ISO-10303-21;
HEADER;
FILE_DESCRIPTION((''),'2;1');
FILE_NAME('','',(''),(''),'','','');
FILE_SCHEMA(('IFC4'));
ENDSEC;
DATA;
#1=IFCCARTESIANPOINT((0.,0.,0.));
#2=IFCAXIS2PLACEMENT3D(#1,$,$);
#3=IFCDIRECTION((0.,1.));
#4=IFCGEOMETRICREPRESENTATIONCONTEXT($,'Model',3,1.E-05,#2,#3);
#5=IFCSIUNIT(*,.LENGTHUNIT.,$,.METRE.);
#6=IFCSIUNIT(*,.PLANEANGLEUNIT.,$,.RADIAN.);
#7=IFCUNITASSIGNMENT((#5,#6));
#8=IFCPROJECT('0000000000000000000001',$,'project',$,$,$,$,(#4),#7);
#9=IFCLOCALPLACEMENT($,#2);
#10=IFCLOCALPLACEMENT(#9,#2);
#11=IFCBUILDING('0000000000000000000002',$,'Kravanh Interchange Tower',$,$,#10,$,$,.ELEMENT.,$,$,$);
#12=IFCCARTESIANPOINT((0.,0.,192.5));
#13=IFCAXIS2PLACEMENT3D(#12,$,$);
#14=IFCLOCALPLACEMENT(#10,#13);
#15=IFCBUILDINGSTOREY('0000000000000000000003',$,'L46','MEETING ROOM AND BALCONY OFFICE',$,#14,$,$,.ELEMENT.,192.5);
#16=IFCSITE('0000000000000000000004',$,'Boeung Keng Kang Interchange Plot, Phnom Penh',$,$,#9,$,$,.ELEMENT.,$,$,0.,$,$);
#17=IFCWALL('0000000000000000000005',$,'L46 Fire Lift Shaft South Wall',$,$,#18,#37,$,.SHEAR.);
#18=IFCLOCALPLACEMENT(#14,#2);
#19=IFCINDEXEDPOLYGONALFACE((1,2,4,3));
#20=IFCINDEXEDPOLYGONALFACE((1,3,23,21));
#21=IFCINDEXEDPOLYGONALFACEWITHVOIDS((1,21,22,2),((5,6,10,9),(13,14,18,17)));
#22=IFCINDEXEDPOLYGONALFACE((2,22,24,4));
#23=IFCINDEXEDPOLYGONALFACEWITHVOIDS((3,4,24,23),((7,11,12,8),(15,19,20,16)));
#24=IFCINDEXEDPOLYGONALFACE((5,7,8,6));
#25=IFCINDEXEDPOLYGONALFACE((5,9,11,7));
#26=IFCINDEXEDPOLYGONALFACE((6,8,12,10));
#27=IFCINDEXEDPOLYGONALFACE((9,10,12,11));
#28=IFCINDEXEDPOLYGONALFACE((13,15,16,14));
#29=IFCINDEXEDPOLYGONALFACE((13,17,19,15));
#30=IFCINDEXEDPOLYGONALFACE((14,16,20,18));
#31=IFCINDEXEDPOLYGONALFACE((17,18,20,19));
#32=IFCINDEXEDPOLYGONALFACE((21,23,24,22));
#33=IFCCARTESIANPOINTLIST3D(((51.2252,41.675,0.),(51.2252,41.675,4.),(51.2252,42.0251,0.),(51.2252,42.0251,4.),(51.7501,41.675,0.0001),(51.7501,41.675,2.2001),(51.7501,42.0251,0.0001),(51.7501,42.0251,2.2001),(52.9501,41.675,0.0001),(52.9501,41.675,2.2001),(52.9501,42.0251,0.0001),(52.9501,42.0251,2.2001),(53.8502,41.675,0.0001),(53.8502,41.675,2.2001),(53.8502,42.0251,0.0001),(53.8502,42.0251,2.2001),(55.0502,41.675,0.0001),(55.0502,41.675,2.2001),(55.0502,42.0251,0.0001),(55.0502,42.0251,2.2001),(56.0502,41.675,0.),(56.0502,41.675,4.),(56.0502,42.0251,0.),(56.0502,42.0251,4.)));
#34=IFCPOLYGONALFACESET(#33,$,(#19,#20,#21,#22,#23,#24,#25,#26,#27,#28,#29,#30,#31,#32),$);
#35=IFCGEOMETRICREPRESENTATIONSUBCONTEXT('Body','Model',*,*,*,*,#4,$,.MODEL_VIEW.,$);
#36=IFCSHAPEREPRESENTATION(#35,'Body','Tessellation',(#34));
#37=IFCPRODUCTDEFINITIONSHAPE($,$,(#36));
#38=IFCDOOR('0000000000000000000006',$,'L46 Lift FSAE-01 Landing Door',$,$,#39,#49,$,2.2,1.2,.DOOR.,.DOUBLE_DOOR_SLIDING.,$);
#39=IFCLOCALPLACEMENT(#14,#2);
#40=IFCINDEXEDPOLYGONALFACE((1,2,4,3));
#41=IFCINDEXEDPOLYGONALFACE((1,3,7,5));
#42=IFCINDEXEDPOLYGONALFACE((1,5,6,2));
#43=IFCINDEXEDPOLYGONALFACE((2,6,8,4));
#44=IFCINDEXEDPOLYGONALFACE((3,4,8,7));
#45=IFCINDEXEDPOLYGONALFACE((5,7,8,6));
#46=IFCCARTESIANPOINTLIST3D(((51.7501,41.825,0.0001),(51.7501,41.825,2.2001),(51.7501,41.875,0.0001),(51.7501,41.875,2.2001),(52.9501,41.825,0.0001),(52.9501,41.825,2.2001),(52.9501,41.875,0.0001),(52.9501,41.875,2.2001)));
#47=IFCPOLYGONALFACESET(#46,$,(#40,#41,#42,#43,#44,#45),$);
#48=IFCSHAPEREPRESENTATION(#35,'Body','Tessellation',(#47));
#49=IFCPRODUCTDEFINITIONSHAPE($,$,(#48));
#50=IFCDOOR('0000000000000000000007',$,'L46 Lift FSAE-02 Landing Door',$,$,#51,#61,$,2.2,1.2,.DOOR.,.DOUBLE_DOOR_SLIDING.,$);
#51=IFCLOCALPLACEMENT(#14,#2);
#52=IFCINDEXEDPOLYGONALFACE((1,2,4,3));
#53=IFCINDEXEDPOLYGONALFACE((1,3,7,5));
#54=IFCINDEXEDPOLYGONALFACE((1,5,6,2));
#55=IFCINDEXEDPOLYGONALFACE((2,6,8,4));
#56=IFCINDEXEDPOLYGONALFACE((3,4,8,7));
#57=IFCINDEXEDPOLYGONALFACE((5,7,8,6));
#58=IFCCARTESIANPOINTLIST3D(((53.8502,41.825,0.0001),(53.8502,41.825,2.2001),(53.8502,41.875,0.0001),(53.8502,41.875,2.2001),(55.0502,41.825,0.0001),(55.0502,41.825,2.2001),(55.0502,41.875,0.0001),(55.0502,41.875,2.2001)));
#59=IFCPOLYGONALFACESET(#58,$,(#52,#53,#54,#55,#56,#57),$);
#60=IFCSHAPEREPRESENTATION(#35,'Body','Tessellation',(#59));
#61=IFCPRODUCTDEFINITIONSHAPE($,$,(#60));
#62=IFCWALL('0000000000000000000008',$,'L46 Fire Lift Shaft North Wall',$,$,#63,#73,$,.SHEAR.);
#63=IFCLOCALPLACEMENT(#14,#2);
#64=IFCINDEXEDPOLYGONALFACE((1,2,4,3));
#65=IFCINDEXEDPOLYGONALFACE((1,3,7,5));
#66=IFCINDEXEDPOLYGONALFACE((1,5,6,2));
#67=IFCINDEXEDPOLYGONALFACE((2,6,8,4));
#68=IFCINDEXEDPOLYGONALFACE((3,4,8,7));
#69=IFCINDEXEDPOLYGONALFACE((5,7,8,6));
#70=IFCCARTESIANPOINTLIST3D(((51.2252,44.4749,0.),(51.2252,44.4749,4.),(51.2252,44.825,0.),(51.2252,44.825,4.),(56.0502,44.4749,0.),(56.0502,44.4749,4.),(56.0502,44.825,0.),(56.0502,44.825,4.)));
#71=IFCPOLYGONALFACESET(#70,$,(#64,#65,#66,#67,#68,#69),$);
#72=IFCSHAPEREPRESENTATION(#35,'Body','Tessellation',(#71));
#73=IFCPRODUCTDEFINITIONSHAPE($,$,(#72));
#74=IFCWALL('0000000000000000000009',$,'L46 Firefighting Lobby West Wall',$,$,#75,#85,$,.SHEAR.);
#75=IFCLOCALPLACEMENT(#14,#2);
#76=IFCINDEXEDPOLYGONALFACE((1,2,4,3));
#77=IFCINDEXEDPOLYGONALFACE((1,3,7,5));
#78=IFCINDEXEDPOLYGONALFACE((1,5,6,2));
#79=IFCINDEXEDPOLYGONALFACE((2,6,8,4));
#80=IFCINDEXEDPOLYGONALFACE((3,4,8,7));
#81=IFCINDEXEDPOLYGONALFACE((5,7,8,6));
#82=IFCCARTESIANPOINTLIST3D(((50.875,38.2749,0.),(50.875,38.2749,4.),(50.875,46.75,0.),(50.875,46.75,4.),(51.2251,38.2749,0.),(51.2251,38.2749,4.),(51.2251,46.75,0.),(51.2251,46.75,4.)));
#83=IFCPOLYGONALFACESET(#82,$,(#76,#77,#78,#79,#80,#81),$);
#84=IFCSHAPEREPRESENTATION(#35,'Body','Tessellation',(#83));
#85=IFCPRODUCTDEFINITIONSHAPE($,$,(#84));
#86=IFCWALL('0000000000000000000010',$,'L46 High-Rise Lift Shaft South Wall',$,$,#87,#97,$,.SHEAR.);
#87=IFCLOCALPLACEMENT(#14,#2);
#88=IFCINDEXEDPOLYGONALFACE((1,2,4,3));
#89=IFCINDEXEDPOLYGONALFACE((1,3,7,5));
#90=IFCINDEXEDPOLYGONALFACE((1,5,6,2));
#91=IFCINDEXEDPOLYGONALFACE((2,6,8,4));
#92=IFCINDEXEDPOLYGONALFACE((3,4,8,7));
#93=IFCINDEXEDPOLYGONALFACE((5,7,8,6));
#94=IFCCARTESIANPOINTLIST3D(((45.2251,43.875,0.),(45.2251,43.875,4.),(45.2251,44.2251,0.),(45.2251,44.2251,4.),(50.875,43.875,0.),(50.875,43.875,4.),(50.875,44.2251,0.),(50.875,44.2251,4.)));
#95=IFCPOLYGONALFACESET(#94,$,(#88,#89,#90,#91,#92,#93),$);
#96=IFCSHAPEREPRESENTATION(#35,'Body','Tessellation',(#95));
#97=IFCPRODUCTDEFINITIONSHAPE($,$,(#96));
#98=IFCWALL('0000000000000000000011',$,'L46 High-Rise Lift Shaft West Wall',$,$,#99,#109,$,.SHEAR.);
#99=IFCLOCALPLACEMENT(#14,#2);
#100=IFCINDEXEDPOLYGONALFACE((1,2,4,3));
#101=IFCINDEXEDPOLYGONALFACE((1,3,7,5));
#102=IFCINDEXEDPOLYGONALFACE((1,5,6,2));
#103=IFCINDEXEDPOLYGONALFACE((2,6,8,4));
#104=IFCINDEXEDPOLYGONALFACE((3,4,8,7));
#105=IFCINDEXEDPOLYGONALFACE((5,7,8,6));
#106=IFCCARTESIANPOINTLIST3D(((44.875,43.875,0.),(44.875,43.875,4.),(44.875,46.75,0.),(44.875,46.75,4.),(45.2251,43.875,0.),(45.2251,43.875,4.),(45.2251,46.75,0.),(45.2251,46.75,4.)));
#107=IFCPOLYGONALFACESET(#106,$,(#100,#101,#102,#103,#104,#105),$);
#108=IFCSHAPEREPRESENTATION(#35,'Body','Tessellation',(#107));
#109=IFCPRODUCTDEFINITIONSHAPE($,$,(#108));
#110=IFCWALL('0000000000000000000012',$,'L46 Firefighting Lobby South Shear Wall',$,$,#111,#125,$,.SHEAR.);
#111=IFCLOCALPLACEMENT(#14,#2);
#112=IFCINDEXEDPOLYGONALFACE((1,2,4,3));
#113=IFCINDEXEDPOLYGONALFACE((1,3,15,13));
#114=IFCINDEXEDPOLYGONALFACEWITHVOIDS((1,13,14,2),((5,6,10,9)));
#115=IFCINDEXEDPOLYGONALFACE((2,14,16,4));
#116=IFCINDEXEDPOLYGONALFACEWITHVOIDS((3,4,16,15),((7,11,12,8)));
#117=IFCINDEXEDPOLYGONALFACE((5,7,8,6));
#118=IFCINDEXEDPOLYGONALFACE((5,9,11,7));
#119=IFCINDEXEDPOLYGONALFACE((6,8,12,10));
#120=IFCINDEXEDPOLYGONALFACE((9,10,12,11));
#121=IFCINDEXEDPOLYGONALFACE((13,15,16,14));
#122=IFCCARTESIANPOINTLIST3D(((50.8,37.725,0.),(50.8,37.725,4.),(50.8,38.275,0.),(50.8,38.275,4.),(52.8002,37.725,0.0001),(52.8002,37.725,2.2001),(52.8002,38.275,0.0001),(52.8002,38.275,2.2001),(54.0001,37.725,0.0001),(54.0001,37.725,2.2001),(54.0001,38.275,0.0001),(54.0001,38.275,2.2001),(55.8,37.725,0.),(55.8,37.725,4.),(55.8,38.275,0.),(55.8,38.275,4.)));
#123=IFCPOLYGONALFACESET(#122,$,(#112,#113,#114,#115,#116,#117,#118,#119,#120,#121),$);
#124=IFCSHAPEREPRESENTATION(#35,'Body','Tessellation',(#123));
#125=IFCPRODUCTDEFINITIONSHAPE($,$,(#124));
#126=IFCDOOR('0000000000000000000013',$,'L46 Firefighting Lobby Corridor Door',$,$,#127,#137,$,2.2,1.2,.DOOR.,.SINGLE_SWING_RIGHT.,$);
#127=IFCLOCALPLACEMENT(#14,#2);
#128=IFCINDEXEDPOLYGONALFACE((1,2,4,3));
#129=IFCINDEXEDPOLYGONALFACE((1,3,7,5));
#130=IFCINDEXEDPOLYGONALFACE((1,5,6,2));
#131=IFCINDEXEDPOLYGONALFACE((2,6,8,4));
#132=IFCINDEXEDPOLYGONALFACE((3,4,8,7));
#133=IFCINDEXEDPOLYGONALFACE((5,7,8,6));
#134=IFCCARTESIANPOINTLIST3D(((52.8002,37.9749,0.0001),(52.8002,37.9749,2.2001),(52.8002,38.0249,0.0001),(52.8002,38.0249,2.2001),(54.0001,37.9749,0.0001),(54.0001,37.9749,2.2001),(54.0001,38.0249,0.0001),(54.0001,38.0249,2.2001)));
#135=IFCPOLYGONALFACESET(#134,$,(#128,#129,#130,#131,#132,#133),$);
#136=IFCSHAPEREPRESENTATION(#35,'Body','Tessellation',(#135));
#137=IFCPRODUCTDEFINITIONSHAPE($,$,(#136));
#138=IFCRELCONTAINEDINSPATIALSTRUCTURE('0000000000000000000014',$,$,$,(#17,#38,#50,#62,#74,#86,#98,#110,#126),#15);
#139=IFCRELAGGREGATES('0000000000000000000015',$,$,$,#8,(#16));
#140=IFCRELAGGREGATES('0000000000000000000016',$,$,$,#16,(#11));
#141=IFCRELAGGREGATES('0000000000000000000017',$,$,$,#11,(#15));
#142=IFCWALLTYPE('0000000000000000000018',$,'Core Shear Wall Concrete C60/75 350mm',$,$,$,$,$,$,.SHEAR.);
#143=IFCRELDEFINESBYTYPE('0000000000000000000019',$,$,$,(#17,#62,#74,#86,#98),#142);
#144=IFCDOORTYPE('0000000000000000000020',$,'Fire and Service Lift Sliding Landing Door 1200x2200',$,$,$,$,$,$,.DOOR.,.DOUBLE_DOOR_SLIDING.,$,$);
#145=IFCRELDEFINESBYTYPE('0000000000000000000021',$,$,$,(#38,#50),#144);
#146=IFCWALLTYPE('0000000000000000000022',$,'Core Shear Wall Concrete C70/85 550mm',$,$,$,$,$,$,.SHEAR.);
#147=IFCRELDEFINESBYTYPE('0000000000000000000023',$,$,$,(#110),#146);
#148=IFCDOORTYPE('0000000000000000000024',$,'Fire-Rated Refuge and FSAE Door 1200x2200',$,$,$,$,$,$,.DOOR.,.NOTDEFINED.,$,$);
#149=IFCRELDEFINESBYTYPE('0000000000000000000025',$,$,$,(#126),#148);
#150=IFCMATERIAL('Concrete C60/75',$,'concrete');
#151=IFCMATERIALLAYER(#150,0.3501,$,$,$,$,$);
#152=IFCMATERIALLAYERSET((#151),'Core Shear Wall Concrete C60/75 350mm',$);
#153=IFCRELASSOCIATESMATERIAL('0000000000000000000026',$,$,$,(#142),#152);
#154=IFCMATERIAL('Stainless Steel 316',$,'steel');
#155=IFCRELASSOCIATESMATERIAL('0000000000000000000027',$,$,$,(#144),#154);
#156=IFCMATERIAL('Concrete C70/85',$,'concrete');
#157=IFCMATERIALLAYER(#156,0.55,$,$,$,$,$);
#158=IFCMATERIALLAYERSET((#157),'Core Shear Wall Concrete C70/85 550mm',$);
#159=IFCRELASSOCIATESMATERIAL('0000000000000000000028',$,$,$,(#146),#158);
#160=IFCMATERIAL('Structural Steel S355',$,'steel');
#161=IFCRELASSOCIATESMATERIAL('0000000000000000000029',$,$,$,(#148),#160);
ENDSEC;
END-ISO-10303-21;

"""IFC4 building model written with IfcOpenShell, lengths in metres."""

from ifc_helpers import new_model, si_unit, direction, frame, frame_2d, origin, place, context, subcontext, project, spatial, rectangle, extrude, material, layer, layer_set, type_object, element, fill, save


model = new_model("IFC4")

# Units and contexts
model_context = context("Model", 3, precision=1e-05, world=origin(), true_north=direction((0.0, 1.0)))
body_context = subcontext(model_context, "Body", "Model", "MODEL_VIEW")
ifc_project = project(units=[si_unit("LENGTHUNIT", "METRE"), si_unit("PLANEANGLEUNIT", "RADIAN")], contexts=[model_context])

# Site, building, storey
site_placement = place(None, origin())
site = spatial("IfcSite", under=ifc_project, at=site_placement, Name="Boeung Keng Kang Interchange Plot, Phnom Penh", CompositionType="ELEMENT", RefElevation=0.0)
building_placement = place(site_placement, origin())
building = spatial("IfcBuilding", under=site, at=building_placement, Name="Kravanh Interchange Tower", CompositionType="ELEMENT")
storey_placement = place(building_placement, frame((0.0, 0.0, 192.5)))
storey = spatial("IfcBuildingStorey", under=building, at=storey_placement, Name="L46", Description="MEETING ROOM AND BALCONY OFFICE", CompositionType="ELEMENT", Elevation=192.5)

# Wall, openings, doors
ifc_material_1 = material(Name="Concrete C60/75", Category="concrete")
ifc_layer_1 = layer(ifc_material_1, 0.3501)
ifc_layer_set_1 = layer_set([ifc_layer_1], Name="Core Shear Wall Concrete C60/75 350mm")
wall_type_1 = type_object("IfcWallType", Name="Core Shear Wall Concrete C60/75 350mm", PredefinedType="SHEAR", material=ifc_layer_set_1)
wall_1_placement = place(storey_placement, frame((51.2251, 41.8501, 0.0), z_axis=(0.0, 0.0, 1.0), x_axis=(1.0, 0.0, 0.0)))
wall_1 = element("IfcWall", 1, at=wall_1_placement, inside=storey, type_object=wall_type_1, Name="L46 Fire Lift Shaft South Wall", PredefinedType="SHEAR", context=body_context, shape_type="SweptSolid", body=[
    extrude(rectangle(XDim=4.825, YDim=0.3501, at=frame_2d((2.4126, 0.0))), origin(), (0.0, 0.0, 1.0), 4.0),
])
opening_1_placement = place(wall_1_placement, frame((0.5249, 0.0, 0.0)))
opening_1 = element("IfcOpeningElement", 2, at=opening_1_placement, cuts=wall_1, PredefinedType="OPENING", context=body_context, shape_type="SweptSolid", body=[
    extrude(rectangle(XDim=1.2, YDim=2.2, at=frame_2d((0.6001, 1.1001))), frame((0.0, 0.1851, 0.0), z_axis=(0.0, -1.0, 0.0), x_axis=(1.0, 0.0, 0.0)), (0.0, 0.0, 1.0), 0.3701),
])
opening_2_placement = place(wall_1_placement, frame((2.625, 0.0, 0.0)))
opening_2 = element("IfcOpeningElement", 3, at=opening_2_placement, cuts=wall_1, PredefinedType="OPENING", context=body_context, shape_type="SweptSolid", body=[
    extrude(rectangle(XDim=1.2, YDim=2.2, at=frame_2d((0.6001, 1.1001))), frame((0.0, 0.1851, 0.0), z_axis=(0.0, -1.0, 0.0), x_axis=(1.0, 0.0, 0.0)), (0.0, 0.0, 1.0), 0.3701),
])
ifc_material_2 = material(Name="Stainless Steel 316", Category="steel")
door_type_1 = type_object("IfcDoorType", Name="Fire and Service Lift Sliding Landing Door 1200x2200", OperationType="DOUBLE_DOOR_SLIDING", PredefinedType="DOOR", material=ifc_material_2)
door_1_placement = place(opening_1_placement, origin())
door_1 = element("IfcDoor", 4, at=door_1_placement, inside=storey, type_object=door_type_1, Name="L46 Lift FSAE-01 Landing Door", OperationType="DOUBLE_DOOR_SLIDING", OverallHeight=2.2, OverallWidth=1.2, PredefinedType="DOOR", context=body_context, shape_type="SweptSolid", body=[
    extrude(rectangle(XDim=1.2, YDim=2.2, at=frame_2d((0.6001, 1.1001))), frame((0.0, 0.0249, 0.0), z_axis=(0.0, -1.0, 0.0), x_axis=(1.0, 0.0, 0.0)), (0.0, 0.0, 1.0), 0.05),
])
fill(opening_1, door_1)
door_2_placement = place(opening_2_placement, origin())
door_2 = element("IfcDoor", 5, at=door_2_placement, inside=storey, type_object=door_type_1, Name="L46 Lift FSAE-02 Landing Door", OperationType="DOUBLE_DOOR_SLIDING", OverallHeight=2.2, OverallWidth=1.2, PredefinedType="DOOR", context=body_context, shape_type="SweptSolid", body=[
    extrude(rectangle(XDim=1.2, YDim=2.2, at=frame_2d((0.6001, 1.1001))), frame((0.0, 0.0249, 0.0), z_axis=(0.0, -1.0, 0.0), x_axis=(1.0, 0.0, 0.0)), (0.0, 0.0, 1.0), 0.05),
])
fill(opening_2, door_2)

# Walls
wall_2_placement = place(storey_placement, frame((51.2251, 44.6499, 0.0), z_axis=(0.0, 0.0, 1.0), x_axis=(1.0, 0.0, 0.0)))
element("IfcWall", 6, at=wall_2_placement, inside=storey, type_object=wall_type_1, Name="L46 Fire Lift Shaft North Wall", PredefinedType="SHEAR", context=body_context, shape_type="SweptSolid", body=[
    extrude(rectangle(XDim=4.825, YDim=0.3501, at=frame_2d((2.4126, 0.0))), origin(), (0.0, 0.0, 1.0), 4.0),
])
wall_3_placement = place(storey_placement, frame((51.05, 38.2749, 0.0), z_axis=(0.0, 0.0, 1.0), x_axis=(0.0, 1.0, 0.0)))
element("IfcWall", 7, at=wall_3_placement, inside=storey, type_object=wall_type_1, Name="L46 Firefighting Lobby West Wall", PredefinedType="SHEAR", context=body_context, shape_type="SweptSolid", body=[
    extrude(rectangle(XDim=8.4751, YDim=0.3501, at=frame_2d((4.2375, 0.0))), origin(), (0.0, 0.0, 1.0), 4.0),
])
wall_4_placement = place(storey_placement, frame((45.2251, 44.05, 0.0), z_axis=(0.0, 0.0, 1.0), x_axis=(1.0, 0.0, 0.0)))
element("IfcWall", 8, at=wall_4_placement, inside=storey, type_object=wall_type_1, Name="L46 High-Rise Lift Shaft South Wall", PredefinedType="SHEAR", context=body_context, shape_type="SweptSolid", body=[
    extrude(rectangle(XDim=5.6499, YDim=0.3501, at=frame_2d((2.825, 0.0))), origin(), (0.0, 0.0, 1.0), 4.0),
])
wall_5_placement = place(storey_placement, frame((45.05, 43.875, 0.0), z_axis=(0.0, 0.0, 1.0), x_axis=(0.0, 1.0, 0.0)))
element("IfcWall", 9, at=wall_5_placement, inside=storey, type_object=wall_type_1, Name="L46 High-Rise Lift Shaft West Wall", PredefinedType="SHEAR", context=body_context, shape_type="SweptSolid", body=[
    extrude(rectangle(XDim=2.875, YDim=0.3501, at=frame_2d((1.4375, 0.0))), origin(), (0.0, 0.0, 1.0), 4.0),
])

# Shared definitions
ifc_material_3 = material(Name="Concrete C70/85", Category="concrete")
ifc_layer_2 = layer(ifc_material_3, 0.55)
ifc_layer_set_2 = layer_set([ifc_layer_2], Name="Core Shear Wall Concrete C70/85 550mm")
wall_type_2 = type_object("IfcWallType", Name="Core Shear Wall Concrete C70/85 550mm", PredefinedType="SHEAR", material=ifc_layer_set_2)

# Wall, opening, door
wall_6_placement = place(storey_placement, frame((50.8, 38.0, 0.0), z_axis=(0.0, 0.0, 1.0), x_axis=(1.0, 0.0, 0.0)))
wall_6 = element("IfcWall", 10, at=wall_6_placement, inside=storey, type_object=wall_type_2, Name="L46 Firefighting Lobby South Shear Wall", PredefinedType="SHEAR", context=body_context, shape_type="SweptSolid", body=[
    extrude(rectangle(XDim=5.0, YDim=0.55, at=frame_2d((2.5, 0.0))), origin(), (0.0, 0.0, 1.0), 4.0),
])
opening_3_placement = place(wall_6_placement, frame((2.0, 0.0, 0.0)))
opening_3 = element("IfcOpeningElement", 11, at=opening_3_placement, cuts=wall_6, PredefinedType="OPENING", context=body_context, shape_type="SweptSolid", body=[
    extrude(rectangle(XDim=1.2, YDim=2.2, at=frame_2d((0.6001, 1.1001))), frame((0.0, 0.2852, 0.0), z_axis=(0.0, -1.0, 0.0), x_axis=(1.0, 0.0, 0.0)), (0.0, 0.0, 1.0), 0.5701),
])
ifc_material_4 = material(Name="Structural Steel S355", Category="steel")
door_type_2 = type_object("IfcDoorType", Name="Fire-Rated Refuge and FSAE Door 1200x2200", OperationType="NOTDEFINED", PredefinedType="DOOR", material=ifc_material_4)
door_3_placement = place(opening_3_placement, origin())
door_3 = element("IfcDoor", 12, at=door_3_placement, inside=storey, type_object=door_type_2, Name="L46 Firefighting Lobby Corridor Door", OperationType="SINGLE_SWING_RIGHT", OverallHeight=2.2, OverallWidth=1.2, PredefinedType="DOOR", context=body_context, shape_type="SweptSolid", body=[
    extrude(rectangle(XDim=1.2, YDim=2.2, at=frame_2d((0.6001, 1.1001))), frame((0.0, 0.0249, 0.0), z_axis=(0.0, -1.0, 0.0), x_axis=(1.0, 0.0, 0.0)), (0.0, 0.0, 1.0), 0.05),
])
fill(opening_3, door_3)

save(model, "model.ifc")
